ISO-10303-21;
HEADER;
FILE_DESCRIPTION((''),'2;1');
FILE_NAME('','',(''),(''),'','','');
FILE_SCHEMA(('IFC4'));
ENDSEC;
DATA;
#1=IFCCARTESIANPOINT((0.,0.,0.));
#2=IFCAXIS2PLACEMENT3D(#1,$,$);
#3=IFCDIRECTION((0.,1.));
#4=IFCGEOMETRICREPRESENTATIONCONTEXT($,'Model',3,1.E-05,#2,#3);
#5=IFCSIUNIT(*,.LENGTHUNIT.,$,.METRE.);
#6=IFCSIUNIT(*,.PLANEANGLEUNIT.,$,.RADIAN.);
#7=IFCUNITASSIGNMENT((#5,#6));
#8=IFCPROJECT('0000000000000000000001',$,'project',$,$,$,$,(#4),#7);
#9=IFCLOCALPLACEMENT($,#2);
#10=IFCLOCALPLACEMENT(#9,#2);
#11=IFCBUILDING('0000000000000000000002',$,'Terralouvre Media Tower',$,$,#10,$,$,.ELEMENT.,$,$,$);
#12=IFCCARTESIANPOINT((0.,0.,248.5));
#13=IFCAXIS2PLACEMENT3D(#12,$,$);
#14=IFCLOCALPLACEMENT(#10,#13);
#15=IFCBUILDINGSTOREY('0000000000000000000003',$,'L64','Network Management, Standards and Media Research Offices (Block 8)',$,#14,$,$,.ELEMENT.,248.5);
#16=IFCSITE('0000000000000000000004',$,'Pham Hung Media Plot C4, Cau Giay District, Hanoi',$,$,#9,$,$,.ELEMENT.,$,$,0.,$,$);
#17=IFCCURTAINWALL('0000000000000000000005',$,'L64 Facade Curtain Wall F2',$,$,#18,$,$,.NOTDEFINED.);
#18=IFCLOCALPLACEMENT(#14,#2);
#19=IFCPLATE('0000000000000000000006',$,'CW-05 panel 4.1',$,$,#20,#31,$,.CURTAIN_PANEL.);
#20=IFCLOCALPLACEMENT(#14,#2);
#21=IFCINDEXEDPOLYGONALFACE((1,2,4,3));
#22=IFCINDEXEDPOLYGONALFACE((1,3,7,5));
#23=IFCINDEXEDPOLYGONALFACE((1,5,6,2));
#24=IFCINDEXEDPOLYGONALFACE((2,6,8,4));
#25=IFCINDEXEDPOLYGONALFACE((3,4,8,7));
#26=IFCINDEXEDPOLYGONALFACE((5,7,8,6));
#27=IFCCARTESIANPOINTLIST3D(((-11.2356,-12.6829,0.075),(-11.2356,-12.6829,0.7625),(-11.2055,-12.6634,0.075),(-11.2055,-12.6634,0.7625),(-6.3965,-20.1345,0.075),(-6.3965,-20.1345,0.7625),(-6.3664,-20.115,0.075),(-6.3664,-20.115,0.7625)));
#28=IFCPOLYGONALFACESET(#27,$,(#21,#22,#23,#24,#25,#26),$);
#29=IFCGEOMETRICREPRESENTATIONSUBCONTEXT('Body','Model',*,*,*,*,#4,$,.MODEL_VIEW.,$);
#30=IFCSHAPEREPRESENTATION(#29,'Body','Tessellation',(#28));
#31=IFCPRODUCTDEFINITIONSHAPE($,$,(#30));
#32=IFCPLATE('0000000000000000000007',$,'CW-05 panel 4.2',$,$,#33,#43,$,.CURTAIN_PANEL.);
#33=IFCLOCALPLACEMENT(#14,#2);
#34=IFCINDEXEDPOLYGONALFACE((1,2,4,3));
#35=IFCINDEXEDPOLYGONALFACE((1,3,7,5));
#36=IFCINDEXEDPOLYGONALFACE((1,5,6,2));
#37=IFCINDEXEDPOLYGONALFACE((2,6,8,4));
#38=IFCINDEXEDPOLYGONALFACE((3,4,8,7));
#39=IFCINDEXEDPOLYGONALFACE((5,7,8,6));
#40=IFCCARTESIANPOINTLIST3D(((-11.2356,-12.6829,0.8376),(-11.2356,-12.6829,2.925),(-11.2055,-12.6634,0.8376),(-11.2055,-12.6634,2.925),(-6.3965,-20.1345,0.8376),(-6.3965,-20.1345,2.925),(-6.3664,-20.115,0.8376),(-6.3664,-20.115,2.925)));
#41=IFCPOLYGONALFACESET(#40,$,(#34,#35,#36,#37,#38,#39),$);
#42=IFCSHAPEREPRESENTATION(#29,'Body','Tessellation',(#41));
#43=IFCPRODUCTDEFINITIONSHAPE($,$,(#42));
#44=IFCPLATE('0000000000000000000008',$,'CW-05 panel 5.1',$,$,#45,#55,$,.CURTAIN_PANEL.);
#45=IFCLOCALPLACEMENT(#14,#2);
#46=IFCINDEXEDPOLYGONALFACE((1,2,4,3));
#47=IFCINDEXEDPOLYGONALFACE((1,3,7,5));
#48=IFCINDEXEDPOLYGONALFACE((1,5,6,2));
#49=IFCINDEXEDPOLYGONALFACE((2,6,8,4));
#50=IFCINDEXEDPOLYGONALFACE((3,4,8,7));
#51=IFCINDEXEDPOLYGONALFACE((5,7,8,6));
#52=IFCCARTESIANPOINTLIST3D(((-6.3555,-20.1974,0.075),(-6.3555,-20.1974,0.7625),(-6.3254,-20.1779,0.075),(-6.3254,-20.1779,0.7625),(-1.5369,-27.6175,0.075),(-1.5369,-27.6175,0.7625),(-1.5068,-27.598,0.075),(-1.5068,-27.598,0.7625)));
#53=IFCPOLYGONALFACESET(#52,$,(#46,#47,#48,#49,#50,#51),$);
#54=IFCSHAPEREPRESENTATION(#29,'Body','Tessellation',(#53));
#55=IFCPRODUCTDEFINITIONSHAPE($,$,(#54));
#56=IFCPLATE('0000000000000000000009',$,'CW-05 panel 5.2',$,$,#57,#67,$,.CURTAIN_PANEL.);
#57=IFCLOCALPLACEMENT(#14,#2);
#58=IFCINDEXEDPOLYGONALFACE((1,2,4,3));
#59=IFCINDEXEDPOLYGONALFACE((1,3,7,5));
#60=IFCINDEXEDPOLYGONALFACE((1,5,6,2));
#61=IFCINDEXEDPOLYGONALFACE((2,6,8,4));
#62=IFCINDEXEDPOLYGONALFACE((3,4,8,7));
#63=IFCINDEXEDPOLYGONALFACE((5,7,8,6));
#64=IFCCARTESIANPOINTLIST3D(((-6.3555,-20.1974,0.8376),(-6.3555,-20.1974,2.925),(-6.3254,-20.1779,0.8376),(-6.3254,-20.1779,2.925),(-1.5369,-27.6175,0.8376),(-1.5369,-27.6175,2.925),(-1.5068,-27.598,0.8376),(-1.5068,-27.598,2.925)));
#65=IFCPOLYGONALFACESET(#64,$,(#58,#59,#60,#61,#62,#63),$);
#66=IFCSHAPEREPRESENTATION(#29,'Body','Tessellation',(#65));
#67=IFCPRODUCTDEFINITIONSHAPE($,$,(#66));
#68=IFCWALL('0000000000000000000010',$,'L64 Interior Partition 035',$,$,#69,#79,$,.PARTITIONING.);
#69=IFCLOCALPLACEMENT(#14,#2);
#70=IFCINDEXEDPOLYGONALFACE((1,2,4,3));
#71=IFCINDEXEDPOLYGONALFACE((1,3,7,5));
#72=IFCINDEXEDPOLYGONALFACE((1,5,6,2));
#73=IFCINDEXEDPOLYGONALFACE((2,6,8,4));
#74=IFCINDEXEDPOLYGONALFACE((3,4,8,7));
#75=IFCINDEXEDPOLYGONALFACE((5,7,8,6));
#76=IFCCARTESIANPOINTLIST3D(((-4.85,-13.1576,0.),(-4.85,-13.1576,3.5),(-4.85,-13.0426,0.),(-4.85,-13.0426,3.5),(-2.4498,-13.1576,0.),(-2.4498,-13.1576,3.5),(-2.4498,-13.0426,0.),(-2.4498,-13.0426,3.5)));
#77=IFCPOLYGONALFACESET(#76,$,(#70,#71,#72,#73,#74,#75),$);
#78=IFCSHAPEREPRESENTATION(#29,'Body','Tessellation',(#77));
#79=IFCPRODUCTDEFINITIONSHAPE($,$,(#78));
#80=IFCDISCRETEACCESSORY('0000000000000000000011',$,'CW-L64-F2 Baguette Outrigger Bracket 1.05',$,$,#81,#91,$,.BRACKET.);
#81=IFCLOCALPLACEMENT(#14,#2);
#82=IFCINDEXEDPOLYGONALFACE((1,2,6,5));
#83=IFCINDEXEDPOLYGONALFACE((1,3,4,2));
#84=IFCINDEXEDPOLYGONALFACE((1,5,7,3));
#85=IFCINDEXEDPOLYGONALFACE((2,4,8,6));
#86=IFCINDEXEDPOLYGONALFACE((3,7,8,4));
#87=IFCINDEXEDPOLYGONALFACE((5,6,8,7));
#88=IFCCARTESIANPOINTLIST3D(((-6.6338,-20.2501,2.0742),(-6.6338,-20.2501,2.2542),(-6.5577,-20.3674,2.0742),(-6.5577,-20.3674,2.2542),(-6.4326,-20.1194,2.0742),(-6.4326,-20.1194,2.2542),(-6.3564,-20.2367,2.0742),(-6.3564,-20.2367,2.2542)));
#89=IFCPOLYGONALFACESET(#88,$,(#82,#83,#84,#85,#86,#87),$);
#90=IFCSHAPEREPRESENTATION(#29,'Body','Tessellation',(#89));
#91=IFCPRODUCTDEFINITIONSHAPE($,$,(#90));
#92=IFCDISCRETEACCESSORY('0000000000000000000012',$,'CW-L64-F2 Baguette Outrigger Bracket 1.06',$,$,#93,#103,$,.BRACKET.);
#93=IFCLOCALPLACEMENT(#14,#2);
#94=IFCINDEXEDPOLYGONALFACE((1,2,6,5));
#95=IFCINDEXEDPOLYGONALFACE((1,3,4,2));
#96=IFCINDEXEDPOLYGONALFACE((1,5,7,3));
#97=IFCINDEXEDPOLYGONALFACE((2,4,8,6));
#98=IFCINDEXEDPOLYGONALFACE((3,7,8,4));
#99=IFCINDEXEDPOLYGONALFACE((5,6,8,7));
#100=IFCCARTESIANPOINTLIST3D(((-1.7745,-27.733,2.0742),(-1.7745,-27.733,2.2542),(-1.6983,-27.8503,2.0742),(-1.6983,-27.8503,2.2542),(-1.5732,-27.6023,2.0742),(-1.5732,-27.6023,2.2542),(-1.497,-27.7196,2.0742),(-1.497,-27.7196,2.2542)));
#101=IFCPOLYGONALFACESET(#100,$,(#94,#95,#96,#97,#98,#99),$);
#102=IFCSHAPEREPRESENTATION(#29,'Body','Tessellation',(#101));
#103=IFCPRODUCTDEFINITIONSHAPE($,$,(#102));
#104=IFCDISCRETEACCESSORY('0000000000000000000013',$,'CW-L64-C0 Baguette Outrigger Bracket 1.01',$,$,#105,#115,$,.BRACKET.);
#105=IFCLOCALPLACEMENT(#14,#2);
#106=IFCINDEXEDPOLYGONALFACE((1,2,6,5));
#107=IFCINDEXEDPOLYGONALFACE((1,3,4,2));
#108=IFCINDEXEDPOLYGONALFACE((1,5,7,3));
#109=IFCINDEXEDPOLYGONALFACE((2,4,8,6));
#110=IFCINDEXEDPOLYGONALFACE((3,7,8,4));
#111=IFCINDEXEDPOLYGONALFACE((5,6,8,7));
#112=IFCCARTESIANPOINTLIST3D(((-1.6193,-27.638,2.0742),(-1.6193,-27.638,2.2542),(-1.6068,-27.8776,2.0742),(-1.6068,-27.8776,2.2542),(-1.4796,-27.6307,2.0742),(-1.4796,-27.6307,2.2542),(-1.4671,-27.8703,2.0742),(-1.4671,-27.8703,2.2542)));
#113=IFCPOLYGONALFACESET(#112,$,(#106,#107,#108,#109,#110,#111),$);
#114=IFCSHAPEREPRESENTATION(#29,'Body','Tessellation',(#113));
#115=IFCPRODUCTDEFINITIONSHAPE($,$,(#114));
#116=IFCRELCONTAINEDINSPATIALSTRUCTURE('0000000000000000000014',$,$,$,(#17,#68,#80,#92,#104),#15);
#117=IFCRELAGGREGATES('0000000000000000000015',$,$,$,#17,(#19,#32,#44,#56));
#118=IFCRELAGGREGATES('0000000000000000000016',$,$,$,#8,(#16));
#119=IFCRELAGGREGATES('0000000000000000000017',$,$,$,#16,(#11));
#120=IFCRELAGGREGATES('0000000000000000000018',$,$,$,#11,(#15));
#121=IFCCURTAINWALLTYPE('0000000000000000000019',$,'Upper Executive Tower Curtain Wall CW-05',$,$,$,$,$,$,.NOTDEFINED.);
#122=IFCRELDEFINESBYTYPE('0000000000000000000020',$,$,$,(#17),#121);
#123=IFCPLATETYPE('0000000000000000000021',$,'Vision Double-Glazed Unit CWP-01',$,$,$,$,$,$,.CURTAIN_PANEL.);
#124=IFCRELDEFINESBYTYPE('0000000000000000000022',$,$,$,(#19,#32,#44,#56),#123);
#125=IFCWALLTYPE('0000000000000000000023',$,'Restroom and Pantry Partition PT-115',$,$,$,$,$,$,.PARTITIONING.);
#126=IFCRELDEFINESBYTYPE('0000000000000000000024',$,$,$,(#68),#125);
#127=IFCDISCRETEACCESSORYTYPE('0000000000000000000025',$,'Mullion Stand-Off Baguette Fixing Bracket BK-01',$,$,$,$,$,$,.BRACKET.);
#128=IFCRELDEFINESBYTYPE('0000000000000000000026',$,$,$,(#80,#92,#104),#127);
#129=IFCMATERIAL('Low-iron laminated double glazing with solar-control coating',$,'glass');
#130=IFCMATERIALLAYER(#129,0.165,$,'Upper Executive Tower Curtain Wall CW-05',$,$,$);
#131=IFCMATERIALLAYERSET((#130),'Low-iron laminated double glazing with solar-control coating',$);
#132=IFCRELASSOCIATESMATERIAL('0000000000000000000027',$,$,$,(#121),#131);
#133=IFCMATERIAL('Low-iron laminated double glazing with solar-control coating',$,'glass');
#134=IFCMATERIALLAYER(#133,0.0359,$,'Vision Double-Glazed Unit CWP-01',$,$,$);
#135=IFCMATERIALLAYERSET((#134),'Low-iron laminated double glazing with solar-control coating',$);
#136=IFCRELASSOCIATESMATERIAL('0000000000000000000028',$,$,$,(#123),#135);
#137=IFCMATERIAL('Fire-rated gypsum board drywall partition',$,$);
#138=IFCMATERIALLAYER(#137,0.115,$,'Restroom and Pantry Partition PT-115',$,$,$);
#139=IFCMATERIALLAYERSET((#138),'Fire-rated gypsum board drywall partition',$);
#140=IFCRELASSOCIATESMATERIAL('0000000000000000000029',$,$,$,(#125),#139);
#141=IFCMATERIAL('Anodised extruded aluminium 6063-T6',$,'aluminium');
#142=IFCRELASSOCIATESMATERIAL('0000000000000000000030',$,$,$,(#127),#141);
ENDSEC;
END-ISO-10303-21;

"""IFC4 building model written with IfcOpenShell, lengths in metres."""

from ifc_helpers import new_model, si_unit, direction, frame, frame_2d, origin, origin_2d, place, context, subcontext, project, spatial, rectangle, extrude, material, layer, layer_set, type_object, element, aggregate, save


model = new_model("IFC4")

# Units and contexts
model_context = context("Model", 3, precision=1e-05, world=origin(), true_north=direction((0.0, 1.0)))
body_context = subcontext(model_context, "Body", "Model", "MODEL_VIEW")
ifc_project = project(units=[si_unit("LENGTHUNIT", "METRE"), si_unit("PLANEANGLEUNIT", "RADIAN")], contexts=[model_context])

# Site, building, storey
site_placement = place(None, origin())
site = spatial("IfcSite", under=ifc_project, at=site_placement, Name="Pham Hung Media Plot C4, Cau Giay District, Hanoi", CompositionType="ELEMENT", RefElevation=0.0)
building_placement = place(site_placement, origin())
building = spatial("IfcBuilding", under=site, at=building_placement, Name="Terralouvre Media Tower", CompositionType="ELEMENT")
storey_placement = place(building_placement, frame((0.0, 0.0, 248.5)))
storey = spatial("IfcBuildingStorey", under=building, at=storey_placement, Name="L64", Description="Network Management, Standards and Media Research Offices (Block 8)", CompositionType="ELEMENT", Elevation=248.5)

# Curtain wall
ifc_material_1 = material(Name="Low-iron laminated double glazing with solar-control coating", Category="glass")
ifc_layer_1 = layer(ifc_material_1, 0.165, Name="Upper Executive Tower Curtain Wall CW-05")
ifc_layer_set_1 = layer_set([ifc_layer_1], Name="Low-iron laminated double glazing with solar-control coating")
curtain_wall_type_1 = type_object("IfcCurtainWallType", Name="Upper Executive Tower Curtain Wall CW-05", PredefinedType="NOTDEFINED", material=ifc_layer_set_1)
curtain_wall_1_placement = place(storey_placement, origin())
curtain_wall_1 = element("IfcCurtainWall", 1, at=curtain_wall_1_placement, inside=storey, type_object=curtain_wall_type_1, Name="L64 Facade Curtain Wall F2", PredefinedType="NOTDEFINED")

# Plates
ifc_material_2 = material(Name="Low-iron laminated double glazing with solar-control coating", Category="glass")
ifc_layer_2 = layer(ifc_material_2, 0.0359, Name="Vision Double-Glazed Unit CWP-01")
ifc_layer_set_2 = layer_set([ifc_layer_2], Name="Low-iron laminated double glazing with solar-control coating")
plate_type = type_object("IfcPlateType", Name="Vision Double-Glazed Unit CWP-01", PredefinedType="CURTAIN_PANEL", material=ifc_layer_set_2)
plate_1_placement = place(storey_placement, frame((-8.801, -16.3989, 0.075), z_axis=(0.0, 0.0, 1.0), x_axis=(0.544639, -0.838671, 0.0)))
plate_1 = element("IfcPlate", 2, at=plate_1_placement, type_object=plate_type, Name="CW-05 panel 4.1", PredefinedType="CURTAIN_PANEL", context=body_context, shape_type="SweptSolid", body=[
    extrude(rectangle(XDim=8.885, YDim=0.0359, at=origin_2d()), origin(), (0.0, 0.0, 1.0), 0.6875),
])
plate_2_placement = place(storey_placement, frame((-8.801, -16.3989, 0.8376), z_axis=(0.0, 0.0, 1.0), x_axis=(0.544639, -0.838671, 0.0)))
plate_2 = element("IfcPlate", 3, at=plate_2_placement, type_object=plate_type, Name="CW-05 panel 4.2", PredefinedType="CURTAIN_PANEL", context=body_context, shape_type="SweptSolid", body=[
    extrude(rectangle(XDim=8.885, YDim=0.0359, at=origin_2d()), origin(), (0.0, 0.0, 1.0), 2.0874),
])
plate_3_placement = place(storey_placement, frame((-3.9312, -23.8977, 0.075), z_axis=(0.0, 0.0, 1.0), x_axis=(0.544639, -0.838671, 0.0)))
plate_3 = element("IfcPlate", 4, at=plate_3_placement, type_object=plate_type, Name="CW-05 panel 5.1", PredefinedType="CURTAIN_PANEL", context=body_context, shape_type="SweptSolid", body=[
    extrude(rectangle(XDim=8.8474, YDim=0.0359, at=origin_2d()), origin(), (0.0, 0.0, 1.0), 0.6875),
])
plate_4_placement = place(storey_placement, frame((-3.9312, -23.8977, 0.8376), z_axis=(0.0, 0.0, 1.0), x_axis=(0.544639, -0.838671, 0.0)))
plate_4 = element("IfcPlate", 5, at=plate_4_placement, type_object=plate_type, Name="CW-05 panel 5.2", PredefinedType="CURTAIN_PANEL", context=body_context, shape_type="SweptSolid", body=[
    extrude(rectangle(XDim=8.8474, YDim=0.0359, at=origin_2d()), origin(), (0.0, 0.0, 1.0), 2.0874),
])
aggregate(curtain_wall_1, [plate_1, plate_2, plate_3, plate_4])

# Wall
ifc_material_3 = material(Name="Fire-rated gypsum board drywall partition")
ifc_layer_3 = layer(ifc_material_3, 0.115, Name="Restroom and Pantry Partition PT-115")
ifc_layer_set_3 = layer_set([ifc_layer_3], Name="Fire-rated gypsum board drywall partition")
wall_type = type_object("IfcWallType", Name="Restroom and Pantry Partition PT-115", PredefinedType="PARTITIONING", material=ifc_layer_set_3)
wall_placement = place(storey_placement, frame((-4.8501, -13.1001, 0.0), z_axis=(0.0, 0.0, 1.0), x_axis=(1.0, 0.0, 0.0)))
element("IfcWall", 6, at=wall_placement, inside=storey, type_object=wall_type, Name="L64 Interior Partition 035", PredefinedType="PARTITIONING", context=body_context, shape_type="SweptSolid", body=[
    extrude(rectangle(XDim=2.4001, YDim=0.115, at=frame_2d((1.2002, 0.0))), origin(), (0.0, 0.0, 1.0), 3.5),
])

# Discrete accessories
ifc_material_4 = material(Name="Anodised extruded aluminium 6063-T6", Category="aluminium")
discrete_accessory_type = type_object("IfcDiscreteAccessoryType", Name="Mullion Stand-Off Baguette Fixing Bracket BK-01", PredefinedType="BRACKET", material=ifc_material_4)
for number, where, z_axis, x_axis, name in (
    (7, (-6.4951, -20.2434, 2.0742), (0.0, 0.0, 1.0), (0.544639, -0.838671, 0.0), "CW-L64-F2 Baguette Outrigger Bracket 1.05"),
    (8, (-1.6357, -27.7263, 2.0742), (0.0, 0.0, 1.0), (0.544639, -0.838671, 0.0), "CW-L64-F2 Baguette Outrigger Bracket 1.06"),
    (9, (-1.5432, -27.7542, 2.0742), (0.0, 0.0, 1.0), (0.99863, 0.052336, 0.0), "CW-L64-C0 Baguette Outrigger Bracket 1.01"),
):
    element("IfcDiscreteAccessory", number, at=place(storey_placement, frame(where, z_axis=z_axis, x_axis=x_axis)), inside=storey, type_object=discrete_accessory_type, Name=name, PredefinedType="BRACKET", context=body_context, shape_type="SweptSolid", body=[
        extrude(rectangle(XDim=0.1399, YDim=0.24, at=origin_2d()), origin(), (0.0, 0.0, 1.0), 0.1799),
    ])

save(model, "model.ifc")
